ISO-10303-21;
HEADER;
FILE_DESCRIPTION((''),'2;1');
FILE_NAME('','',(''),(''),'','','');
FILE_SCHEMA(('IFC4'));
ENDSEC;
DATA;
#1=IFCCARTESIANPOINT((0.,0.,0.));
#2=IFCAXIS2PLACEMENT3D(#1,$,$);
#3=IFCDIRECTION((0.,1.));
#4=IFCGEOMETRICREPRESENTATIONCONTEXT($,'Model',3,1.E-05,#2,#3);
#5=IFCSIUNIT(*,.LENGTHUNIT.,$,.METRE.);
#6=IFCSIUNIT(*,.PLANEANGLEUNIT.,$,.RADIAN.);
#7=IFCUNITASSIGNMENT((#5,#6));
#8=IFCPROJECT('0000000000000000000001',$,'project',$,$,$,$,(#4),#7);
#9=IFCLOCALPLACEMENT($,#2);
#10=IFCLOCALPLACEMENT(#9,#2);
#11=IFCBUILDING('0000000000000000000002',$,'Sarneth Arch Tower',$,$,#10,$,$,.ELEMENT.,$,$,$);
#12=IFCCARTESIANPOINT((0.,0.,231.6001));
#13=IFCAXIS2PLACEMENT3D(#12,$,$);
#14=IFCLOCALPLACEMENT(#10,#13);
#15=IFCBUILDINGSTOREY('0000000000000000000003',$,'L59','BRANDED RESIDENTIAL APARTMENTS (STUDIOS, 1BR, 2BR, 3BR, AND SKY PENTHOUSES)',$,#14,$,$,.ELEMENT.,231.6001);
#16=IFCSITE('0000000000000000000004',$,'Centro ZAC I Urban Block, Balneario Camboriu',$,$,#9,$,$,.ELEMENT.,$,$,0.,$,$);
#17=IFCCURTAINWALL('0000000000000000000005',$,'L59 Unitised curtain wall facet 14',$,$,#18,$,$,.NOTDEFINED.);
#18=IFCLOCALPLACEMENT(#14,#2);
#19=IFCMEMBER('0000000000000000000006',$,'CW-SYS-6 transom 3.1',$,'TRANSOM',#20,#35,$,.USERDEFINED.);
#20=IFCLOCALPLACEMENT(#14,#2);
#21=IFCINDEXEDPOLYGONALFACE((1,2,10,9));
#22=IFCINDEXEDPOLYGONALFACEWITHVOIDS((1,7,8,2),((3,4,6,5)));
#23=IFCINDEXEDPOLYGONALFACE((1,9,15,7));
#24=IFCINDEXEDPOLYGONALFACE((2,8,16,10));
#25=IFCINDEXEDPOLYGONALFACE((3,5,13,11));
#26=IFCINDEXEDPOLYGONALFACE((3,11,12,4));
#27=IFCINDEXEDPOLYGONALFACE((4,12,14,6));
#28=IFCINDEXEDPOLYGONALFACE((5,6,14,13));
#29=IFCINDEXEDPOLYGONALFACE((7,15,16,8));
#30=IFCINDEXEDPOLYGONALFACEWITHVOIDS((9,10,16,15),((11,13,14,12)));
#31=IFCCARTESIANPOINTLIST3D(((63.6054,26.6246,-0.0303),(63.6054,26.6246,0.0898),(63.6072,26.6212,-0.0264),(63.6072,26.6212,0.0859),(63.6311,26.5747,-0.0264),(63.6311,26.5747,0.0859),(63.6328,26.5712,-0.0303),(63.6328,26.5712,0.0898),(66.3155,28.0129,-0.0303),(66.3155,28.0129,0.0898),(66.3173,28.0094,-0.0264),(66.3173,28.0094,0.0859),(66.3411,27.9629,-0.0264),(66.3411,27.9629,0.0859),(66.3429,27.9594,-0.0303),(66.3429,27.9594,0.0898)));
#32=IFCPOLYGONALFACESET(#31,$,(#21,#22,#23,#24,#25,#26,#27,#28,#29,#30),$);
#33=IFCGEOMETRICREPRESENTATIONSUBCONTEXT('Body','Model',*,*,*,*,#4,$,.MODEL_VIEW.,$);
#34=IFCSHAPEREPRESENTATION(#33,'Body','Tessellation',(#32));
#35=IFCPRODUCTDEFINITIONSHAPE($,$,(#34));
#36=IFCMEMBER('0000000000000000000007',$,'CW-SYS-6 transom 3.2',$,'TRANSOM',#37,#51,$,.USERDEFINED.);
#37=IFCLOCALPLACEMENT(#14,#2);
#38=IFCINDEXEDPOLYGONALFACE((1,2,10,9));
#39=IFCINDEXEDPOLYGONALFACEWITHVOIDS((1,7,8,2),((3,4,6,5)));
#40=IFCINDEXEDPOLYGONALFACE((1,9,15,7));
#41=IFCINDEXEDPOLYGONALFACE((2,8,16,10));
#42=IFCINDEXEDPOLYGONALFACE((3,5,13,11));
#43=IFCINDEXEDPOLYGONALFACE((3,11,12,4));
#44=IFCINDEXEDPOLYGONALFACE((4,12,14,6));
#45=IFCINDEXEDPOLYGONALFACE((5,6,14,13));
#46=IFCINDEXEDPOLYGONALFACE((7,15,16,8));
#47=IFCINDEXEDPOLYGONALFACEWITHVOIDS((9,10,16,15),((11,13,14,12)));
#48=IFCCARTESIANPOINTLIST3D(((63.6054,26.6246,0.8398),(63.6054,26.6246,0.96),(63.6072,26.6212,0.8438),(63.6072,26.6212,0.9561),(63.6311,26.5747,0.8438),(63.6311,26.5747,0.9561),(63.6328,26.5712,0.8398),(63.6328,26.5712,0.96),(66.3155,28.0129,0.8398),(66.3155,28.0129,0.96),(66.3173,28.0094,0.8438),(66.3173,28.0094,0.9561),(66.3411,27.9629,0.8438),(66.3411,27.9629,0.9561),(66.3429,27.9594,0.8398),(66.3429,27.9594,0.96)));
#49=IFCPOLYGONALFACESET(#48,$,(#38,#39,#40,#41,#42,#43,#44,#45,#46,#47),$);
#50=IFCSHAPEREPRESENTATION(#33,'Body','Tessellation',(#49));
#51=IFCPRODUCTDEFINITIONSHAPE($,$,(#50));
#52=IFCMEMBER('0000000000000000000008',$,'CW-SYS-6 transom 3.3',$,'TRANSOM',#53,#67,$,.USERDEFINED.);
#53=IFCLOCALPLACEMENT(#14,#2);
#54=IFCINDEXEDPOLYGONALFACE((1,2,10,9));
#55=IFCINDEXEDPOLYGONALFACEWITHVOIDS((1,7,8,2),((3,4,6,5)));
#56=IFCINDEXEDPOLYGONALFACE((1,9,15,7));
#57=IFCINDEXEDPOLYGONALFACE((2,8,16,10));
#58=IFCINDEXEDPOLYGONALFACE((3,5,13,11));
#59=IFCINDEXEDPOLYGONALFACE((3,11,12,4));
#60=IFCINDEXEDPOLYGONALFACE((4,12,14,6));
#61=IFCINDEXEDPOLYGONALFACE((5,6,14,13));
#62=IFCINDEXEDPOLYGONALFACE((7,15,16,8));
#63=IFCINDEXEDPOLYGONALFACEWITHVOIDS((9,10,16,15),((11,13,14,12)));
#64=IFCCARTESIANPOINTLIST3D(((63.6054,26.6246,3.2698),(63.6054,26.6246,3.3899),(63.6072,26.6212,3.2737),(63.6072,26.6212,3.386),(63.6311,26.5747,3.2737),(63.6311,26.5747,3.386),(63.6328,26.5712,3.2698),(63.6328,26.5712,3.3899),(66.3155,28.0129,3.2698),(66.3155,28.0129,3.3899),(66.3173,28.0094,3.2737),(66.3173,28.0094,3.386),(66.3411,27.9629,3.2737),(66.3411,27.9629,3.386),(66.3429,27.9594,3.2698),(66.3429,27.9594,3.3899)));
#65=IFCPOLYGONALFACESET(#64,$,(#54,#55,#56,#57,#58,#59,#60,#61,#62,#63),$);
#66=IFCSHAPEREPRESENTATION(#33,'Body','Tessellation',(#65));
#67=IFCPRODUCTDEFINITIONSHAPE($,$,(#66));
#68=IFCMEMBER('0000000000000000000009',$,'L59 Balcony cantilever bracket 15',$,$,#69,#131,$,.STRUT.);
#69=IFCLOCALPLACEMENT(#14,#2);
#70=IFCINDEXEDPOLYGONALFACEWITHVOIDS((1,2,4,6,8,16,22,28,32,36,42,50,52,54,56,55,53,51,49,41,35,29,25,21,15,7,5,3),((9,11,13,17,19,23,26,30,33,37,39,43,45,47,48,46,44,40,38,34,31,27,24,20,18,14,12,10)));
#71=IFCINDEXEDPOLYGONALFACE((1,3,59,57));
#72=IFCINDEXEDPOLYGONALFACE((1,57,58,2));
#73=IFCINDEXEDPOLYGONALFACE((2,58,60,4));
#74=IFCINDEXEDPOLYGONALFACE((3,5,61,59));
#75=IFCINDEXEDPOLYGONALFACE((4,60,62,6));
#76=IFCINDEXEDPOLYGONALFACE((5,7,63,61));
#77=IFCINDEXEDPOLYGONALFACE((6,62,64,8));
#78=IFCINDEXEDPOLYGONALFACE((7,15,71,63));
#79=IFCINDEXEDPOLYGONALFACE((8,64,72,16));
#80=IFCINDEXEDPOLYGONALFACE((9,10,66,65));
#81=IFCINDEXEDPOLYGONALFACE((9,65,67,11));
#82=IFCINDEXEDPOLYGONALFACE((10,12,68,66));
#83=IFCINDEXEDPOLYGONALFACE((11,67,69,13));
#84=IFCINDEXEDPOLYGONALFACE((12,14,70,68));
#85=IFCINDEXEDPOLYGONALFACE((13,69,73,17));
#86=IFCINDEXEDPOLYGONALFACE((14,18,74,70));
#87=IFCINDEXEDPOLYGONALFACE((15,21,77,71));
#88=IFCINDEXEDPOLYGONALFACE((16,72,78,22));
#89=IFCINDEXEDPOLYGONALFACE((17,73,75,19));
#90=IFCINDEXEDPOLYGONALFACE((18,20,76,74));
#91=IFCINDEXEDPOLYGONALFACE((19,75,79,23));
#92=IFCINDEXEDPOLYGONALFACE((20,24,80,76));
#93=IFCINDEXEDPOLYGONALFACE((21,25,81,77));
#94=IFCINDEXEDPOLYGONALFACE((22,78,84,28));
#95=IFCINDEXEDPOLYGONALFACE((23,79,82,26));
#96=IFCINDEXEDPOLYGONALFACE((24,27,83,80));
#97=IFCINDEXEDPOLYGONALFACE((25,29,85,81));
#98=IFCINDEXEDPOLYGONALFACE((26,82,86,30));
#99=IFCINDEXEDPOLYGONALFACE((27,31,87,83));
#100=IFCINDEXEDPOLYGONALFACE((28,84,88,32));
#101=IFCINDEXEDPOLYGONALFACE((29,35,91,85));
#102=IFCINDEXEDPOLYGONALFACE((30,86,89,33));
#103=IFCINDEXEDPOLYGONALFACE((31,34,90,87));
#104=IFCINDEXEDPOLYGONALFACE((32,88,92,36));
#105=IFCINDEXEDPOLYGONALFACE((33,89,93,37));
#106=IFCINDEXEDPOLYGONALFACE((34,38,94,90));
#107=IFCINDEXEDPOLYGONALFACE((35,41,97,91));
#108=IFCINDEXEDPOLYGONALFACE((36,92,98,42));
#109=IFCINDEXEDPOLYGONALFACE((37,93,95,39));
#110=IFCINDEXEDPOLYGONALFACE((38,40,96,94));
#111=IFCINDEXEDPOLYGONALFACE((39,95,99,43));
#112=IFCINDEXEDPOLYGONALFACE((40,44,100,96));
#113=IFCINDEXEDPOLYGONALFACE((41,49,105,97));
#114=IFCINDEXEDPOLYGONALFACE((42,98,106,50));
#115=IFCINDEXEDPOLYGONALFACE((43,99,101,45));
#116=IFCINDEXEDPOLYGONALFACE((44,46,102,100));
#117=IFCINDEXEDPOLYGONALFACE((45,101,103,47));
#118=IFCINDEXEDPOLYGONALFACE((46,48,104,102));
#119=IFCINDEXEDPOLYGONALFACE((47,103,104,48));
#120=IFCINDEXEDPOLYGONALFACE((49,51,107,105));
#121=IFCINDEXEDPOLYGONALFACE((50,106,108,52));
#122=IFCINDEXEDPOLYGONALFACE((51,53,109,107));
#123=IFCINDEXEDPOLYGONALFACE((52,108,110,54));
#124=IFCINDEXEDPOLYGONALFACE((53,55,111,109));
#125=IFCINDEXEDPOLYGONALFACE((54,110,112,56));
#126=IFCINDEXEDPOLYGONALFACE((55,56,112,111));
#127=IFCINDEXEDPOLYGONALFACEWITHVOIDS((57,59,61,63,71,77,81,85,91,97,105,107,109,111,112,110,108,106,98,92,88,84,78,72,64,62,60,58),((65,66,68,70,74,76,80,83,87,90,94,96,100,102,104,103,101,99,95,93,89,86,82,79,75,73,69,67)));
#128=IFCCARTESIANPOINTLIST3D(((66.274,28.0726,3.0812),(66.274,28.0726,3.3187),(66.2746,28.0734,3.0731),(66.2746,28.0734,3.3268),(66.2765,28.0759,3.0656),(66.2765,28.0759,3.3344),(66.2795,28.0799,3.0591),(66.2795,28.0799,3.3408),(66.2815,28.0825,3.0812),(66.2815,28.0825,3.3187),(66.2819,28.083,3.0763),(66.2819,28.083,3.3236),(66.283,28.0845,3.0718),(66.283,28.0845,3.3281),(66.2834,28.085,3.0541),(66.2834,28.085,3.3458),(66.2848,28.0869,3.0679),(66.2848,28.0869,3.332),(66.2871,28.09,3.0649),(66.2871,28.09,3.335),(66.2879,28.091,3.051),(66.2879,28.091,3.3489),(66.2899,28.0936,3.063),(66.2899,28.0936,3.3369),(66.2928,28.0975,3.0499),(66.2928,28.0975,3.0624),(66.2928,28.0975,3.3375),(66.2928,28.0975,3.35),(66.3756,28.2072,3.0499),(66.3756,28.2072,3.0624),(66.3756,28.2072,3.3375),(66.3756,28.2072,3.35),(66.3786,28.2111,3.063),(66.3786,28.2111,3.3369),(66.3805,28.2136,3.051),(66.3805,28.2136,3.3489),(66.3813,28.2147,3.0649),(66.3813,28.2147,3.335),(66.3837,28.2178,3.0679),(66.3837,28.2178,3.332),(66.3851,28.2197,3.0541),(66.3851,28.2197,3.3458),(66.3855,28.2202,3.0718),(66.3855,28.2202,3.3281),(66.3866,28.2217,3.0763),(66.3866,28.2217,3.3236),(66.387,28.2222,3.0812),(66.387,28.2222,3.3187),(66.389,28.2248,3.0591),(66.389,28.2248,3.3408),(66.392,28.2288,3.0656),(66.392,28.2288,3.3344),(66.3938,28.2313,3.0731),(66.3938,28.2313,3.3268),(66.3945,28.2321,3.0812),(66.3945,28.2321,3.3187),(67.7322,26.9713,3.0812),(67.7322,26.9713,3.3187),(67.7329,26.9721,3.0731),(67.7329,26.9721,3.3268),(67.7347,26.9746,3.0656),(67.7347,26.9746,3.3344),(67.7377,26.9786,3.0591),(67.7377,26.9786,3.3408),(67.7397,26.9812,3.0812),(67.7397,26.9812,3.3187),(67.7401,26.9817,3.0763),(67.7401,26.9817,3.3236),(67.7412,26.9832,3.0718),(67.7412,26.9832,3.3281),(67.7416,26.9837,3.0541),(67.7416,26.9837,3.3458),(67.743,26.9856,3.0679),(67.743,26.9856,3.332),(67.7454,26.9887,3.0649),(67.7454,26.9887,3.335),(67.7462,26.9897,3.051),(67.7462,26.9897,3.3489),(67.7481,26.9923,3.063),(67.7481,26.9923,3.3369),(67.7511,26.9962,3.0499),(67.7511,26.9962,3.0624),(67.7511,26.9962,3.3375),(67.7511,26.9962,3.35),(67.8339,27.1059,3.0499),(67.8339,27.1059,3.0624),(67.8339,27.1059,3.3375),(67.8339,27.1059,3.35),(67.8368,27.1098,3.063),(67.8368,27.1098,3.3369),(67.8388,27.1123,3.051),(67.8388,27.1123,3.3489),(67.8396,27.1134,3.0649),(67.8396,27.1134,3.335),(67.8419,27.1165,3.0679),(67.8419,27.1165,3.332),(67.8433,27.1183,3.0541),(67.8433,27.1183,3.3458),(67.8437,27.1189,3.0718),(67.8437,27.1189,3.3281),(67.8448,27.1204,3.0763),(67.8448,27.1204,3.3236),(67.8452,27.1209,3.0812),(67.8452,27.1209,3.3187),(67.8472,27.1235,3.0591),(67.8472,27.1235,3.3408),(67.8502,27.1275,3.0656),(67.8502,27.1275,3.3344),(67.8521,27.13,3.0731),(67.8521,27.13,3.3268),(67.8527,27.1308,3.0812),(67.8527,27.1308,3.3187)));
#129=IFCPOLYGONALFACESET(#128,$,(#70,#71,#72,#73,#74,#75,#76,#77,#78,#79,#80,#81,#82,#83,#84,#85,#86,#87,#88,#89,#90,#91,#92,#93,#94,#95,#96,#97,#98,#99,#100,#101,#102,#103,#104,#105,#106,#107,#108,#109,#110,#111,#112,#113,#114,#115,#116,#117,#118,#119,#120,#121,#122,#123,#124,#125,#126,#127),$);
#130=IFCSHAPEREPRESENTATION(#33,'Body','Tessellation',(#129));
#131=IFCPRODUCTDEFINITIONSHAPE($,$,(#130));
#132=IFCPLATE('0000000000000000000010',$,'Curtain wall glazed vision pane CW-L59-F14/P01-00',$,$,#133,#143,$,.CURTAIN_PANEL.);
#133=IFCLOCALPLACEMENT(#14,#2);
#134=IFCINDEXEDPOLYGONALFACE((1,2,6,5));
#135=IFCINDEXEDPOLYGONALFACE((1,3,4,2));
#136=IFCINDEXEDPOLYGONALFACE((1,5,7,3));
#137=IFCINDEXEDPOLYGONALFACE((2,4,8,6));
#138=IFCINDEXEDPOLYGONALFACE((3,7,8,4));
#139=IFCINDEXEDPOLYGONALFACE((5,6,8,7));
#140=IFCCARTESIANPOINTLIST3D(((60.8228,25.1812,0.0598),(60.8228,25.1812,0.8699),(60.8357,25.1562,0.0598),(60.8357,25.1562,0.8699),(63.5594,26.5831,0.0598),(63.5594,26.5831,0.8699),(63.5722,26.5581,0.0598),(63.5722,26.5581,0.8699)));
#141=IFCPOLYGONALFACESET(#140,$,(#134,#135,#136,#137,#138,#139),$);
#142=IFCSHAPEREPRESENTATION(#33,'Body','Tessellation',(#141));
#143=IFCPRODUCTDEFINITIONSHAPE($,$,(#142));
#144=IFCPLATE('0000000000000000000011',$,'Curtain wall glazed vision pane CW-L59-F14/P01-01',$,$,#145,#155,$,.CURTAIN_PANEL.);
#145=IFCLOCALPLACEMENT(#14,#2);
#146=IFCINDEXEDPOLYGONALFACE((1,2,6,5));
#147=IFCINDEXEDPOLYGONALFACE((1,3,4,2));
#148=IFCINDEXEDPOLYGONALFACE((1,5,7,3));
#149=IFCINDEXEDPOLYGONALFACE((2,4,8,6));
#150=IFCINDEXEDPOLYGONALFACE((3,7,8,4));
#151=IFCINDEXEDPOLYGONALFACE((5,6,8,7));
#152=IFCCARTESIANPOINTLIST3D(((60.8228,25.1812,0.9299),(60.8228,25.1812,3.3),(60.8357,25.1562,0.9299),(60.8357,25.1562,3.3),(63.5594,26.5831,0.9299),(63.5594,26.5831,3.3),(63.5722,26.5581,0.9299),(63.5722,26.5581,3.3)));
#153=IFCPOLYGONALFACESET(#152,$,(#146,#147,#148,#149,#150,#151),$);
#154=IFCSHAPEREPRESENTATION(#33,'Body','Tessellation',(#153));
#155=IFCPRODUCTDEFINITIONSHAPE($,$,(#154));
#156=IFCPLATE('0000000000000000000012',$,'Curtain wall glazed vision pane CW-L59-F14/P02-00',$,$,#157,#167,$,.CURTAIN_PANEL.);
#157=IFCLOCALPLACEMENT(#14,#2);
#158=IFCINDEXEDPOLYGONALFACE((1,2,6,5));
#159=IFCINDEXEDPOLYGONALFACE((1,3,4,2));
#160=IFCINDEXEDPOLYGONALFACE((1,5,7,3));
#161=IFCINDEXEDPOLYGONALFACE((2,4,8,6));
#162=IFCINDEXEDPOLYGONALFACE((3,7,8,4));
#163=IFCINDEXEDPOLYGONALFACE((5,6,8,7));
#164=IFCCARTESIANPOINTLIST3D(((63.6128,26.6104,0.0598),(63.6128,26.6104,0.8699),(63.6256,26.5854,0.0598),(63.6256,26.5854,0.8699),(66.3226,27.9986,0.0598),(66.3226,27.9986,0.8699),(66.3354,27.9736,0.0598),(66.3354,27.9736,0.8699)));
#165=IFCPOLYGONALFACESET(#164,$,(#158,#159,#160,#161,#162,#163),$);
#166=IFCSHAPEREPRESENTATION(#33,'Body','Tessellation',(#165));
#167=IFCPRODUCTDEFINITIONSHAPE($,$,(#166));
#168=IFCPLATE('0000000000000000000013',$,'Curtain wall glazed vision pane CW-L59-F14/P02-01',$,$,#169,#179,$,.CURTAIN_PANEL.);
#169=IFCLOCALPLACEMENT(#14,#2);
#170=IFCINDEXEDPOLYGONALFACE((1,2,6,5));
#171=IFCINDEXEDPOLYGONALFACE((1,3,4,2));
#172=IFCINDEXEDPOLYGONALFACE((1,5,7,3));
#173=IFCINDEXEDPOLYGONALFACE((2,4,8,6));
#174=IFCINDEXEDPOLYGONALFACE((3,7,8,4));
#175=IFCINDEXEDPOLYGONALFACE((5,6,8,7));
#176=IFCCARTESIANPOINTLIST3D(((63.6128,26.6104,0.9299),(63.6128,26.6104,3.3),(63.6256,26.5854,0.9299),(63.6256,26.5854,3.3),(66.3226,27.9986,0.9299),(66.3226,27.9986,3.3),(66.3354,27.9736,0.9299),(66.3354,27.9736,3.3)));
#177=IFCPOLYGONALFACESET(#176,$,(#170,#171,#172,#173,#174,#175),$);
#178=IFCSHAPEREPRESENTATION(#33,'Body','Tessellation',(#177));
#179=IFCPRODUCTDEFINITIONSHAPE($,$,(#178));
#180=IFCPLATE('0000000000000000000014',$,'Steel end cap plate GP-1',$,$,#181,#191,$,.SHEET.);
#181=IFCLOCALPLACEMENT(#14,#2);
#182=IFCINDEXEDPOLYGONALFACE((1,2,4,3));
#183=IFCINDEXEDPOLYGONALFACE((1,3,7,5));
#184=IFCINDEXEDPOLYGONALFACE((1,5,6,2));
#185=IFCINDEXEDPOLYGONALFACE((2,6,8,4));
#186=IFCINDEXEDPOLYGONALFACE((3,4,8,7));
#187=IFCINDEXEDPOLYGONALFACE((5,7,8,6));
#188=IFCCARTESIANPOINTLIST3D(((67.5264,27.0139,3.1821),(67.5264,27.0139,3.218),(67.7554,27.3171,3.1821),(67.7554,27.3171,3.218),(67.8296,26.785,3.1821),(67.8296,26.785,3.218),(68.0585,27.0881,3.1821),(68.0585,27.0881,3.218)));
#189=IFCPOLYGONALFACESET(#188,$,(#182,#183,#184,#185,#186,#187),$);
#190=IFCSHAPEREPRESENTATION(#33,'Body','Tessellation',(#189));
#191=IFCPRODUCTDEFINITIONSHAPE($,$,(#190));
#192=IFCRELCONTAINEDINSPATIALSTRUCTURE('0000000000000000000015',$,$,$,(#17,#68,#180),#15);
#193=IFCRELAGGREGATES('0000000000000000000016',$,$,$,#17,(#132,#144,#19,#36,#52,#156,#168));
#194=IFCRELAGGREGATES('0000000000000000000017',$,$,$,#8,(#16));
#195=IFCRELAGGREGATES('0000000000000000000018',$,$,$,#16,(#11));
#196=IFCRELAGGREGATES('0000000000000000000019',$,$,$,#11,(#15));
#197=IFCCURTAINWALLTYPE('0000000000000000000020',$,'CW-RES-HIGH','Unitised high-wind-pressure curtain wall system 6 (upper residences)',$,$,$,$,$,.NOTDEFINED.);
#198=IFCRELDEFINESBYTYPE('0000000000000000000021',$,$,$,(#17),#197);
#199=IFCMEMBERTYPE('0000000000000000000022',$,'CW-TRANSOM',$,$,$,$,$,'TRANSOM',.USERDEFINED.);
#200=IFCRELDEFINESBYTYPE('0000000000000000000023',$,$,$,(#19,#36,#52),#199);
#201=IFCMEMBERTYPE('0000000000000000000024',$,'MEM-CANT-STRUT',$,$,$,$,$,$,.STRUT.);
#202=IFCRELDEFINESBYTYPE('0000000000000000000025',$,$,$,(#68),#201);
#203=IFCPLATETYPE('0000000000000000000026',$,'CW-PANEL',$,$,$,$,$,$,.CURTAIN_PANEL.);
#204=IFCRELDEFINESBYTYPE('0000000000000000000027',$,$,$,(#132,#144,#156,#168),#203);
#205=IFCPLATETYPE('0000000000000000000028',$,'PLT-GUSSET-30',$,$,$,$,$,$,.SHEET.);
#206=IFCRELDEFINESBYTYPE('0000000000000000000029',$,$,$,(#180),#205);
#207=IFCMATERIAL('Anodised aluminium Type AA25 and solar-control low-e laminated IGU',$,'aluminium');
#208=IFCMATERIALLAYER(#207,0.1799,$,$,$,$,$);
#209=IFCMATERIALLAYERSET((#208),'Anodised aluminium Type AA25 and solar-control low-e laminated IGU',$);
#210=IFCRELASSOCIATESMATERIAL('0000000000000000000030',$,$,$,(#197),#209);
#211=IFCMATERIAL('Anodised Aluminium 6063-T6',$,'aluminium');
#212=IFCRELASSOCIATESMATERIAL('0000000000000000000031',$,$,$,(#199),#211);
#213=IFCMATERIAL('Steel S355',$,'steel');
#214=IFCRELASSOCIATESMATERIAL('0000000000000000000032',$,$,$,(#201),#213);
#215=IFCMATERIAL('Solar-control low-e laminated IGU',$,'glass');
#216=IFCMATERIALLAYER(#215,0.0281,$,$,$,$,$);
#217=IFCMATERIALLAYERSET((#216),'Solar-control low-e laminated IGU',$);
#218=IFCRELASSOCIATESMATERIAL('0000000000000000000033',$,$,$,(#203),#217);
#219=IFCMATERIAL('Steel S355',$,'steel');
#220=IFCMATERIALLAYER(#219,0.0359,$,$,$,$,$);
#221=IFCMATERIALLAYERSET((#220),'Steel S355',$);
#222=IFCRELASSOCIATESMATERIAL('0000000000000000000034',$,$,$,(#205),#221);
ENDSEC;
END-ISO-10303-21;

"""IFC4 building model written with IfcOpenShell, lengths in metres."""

from ifc_helpers import new_model, si_unit, direction, frame, origin, origin_2d, place, context, subcontext, project, spatial, rectangle, hollow_rectangle, extrude, material, layer, layer_set, material_profile, profile_set, type_object, element, aggregate, save


model = new_model("IFC4")

# Units and contexts
model_context = context("Model", 3, precision=1e-05, world=origin(), true_north=direction((0.0, 1.0)))
body_context = subcontext(model_context, "Body", "Model", "MODEL_VIEW")
ifc_project = project(units=[si_unit("LENGTHUNIT", "METRE"), si_unit("PLANEANGLEUNIT", "RADIAN")], contexts=[model_context])

# Site, building, storey
site_placement = place(None, origin())
site = spatial("IfcSite", under=ifc_project, at=site_placement, Name="Centro ZAC I Urban Block, Balneario Camboriu", CompositionType="ELEMENT", RefElevation=0.0)
building_placement = place(site_placement, origin())
building = spatial("IfcBuilding", under=site, at=building_placement, Name="Sarneth Arch Tower", CompositionType="ELEMENT")
storey_placement = place(building_placement, frame((0.0, 0.0, 231.6001)))
storey = spatial("IfcBuildingStorey", under=building, at=storey_placement, Name="L59", Description="BRANDED RESIDENTIAL APARTMENTS (STUDIOS, 1BR, 2BR, 3BR, AND SKY PENTHOUSES)", CompositionType="ELEMENT", Elevation=231.6001)

# Curtain wall, members
ifc_material_1 = material(Name="Anodised aluminium Type AA25 and solar-control low-e laminated IGU", Category="aluminium")
ifc_layer_1 = layer(ifc_material_1, 0.1799)
ifc_layer_set_1 = layer_set([ifc_layer_1], Name="Anodised aluminium Type AA25 and solar-control low-e laminated IGU")
curtain_wall_type = type_object("IfcCurtainWallType", Name="CW-RES-HIGH", Description="Unitised high-wind-pressure curtain wall system 6 (upper residences)", PredefinedType="NOTDEFINED", material=ifc_layer_set_1)
curtain_wall_placement = place(storey_placement, origin())
curtain_wall = element("IfcCurtainWall", 1, at=curtain_wall_placement, inside=storey, type_object=curtain_wall_type, Name="L59 Unitised curtain wall facet 14", PredefinedType="NOTDEFINED")
ifc_material_2 = material(Name="Anodised Aluminium 6063-T6", Category="aluminium")
ifc_material_profile_1 = material_profile(ifc_material_2, hollow_rectangle(XDim=0.0601, YDim=0.1201, WallThickness=0.0039, at=origin_2d()), Name="AL-TRAN-120x60x4")
ifc_profile_set_1 = profile_set([ifc_material_profile_1], Name="Anodised Aluminium 6063-T6")
member_type_1 = type_object("IfcMemberType", Name="CW-TRANSOM", ElementType="TRANSOM", PredefinedType="USERDEFINED", material=ifc_profile_set_1)
member_1_placement = place(storey_placement, frame((63.6191, 26.5979, 0.0298), z_axis=(0.890023, 0.455916, 0.0), x_axis=(-0.455916, 0.890023, 0.0)))
member_1 = element("IfcMember", 2, at=member_1_placement, type_object=member_type_1, Name="CW-SYS-6 transom 3.1", ObjectType="TRANSOM", PredefinedType="USERDEFINED", context=body_context, shape_type="SweptSolid", body=[
    extrude(hollow_rectangle(XDim=0.0601, YDim=0.1201, WallThickness=0.0039, at=origin_2d()), origin(), (0.0, 0.0, 1.0), 3.0449),
])
member_2_placement = place(storey_placement, frame((63.6191, 26.5979, 0.8999), z_axis=(0.890023, 0.455916, 0.0), x_axis=(-0.455916, 0.890023, 0.0)))
member_2 = element("IfcMember", 3, at=member_2_placement, type_object=member_type_1, Name="CW-SYS-6 transom 3.2", ObjectType="TRANSOM", PredefinedType="USERDEFINED", context=body_context, shape_type="SweptSolid", body=[
    extrude(hollow_rectangle(XDim=0.0601, YDim=0.1201, WallThickness=0.0039, at=origin_2d()), origin(), (0.0, 0.0, 1.0), 3.0449),
])
member_3_placement = place(storey_placement, frame((63.6191, 26.5979, 3.3298), z_axis=(0.890023, 0.455916, 0.0), x_axis=(-0.455916, 0.890023, 0.0)))
member_3 = element("IfcMember", 4, at=member_3_placement, type_object=member_type_1, Name="CW-SYS-6 transom 3.3", ObjectType="TRANSOM", PredefinedType="USERDEFINED", context=body_context, shape_type="SweptSolid", body=[
    extrude(hollow_rectangle(XDim=0.0601, YDim=0.1201, WallThickness=0.0039, at=origin_2d()), origin(), (0.0, 0.0, 1.0), 3.0449),
])

# Member
ifc_material_3 = material(Name="Steel S355", Category="steel")
ifc_material_profile_2 = material_profile(ifc_material_3, hollow_rectangle(XDim=0.2, YDim=0.3, WallThickness=0.0125, InnerFilletRadius=0.0188, OuterFilletRadius=0.0312, at=origin_2d()), Name="RHS300x200x12.5")
ifc_profile_set_2 = profile_set([ifc_material_profile_2], Name="Steel S355")
member_type_2 = type_object("IfcMemberType", Name="MEM-CANT-STRUT", PredefinedType="STRUT", material=ifc_profile_set_2)
member_4_placement = place(storey_placement, frame((66.3342, 28.1523, 3.2), z_axis=(0.797992, -0.602669, 0.0), x_axis=(0.602669, 0.797992, 0.0)))
element("IfcMember", 5, at=member_4_placement, inside=storey, type_object=member_type_2, Name="L59 Balcony cantilever bracket 15", PredefinedType="STRUT", context=body_context, shape_type="SweptSolid", body=[
    extrude(hollow_rectangle(XDim=0.2, YDim=0.3, WallThickness=0.0125, InnerFilletRadius=0.0188, OuterFilletRadius=0.0312, at=origin_2d()), origin(), (0.0, 0.0, 1.0), 1.8274),
])

# Plates
ifc_material_4 = material(Name="Solar-control low-e laminated IGU", Category="glass")
ifc_layer_2 = layer(ifc_material_4, 0.0281)
ifc_layer_set_2 = layer_set([ifc_layer_2], Name="Solar-control low-e laminated IGU")
plate_type_1 = type_object("IfcPlateType", Name="CW-PANEL", PredefinedType="CURTAIN_PANEL", material=ifc_layer_set_2)
plate_1_placement = place(storey_placement, frame((62.1975, 25.8696, 0.0598), z_axis=(0.0, 0.0, 1.0), x_axis=(0.89001, 0.455942, 0.0)))
plate_1 = element("IfcPlate", 6, at=plate_1_placement, type_object=plate_type_1, Name="Curtain wall glazed vision pane CW-L59-F14/P01-00", PredefinedType="CURTAIN_PANEL", context=body_context, shape_type="SweptSolid", body=[
    extrude(rectangle(XDim=3.0747, YDim=0.0281, at=origin_2d()), origin(), (0.0, 0.0, 1.0), 0.8101),
])
plate_2_placement = place(storey_placement, frame((62.1975, 25.8696, 0.9299), z_axis=(0.0, 0.0, 1.0), x_axis=(0.89001, 0.455942, 0.0)))
plate_2 = element("IfcPlate", 7, at=plate_2_placement, type_object=plate_type_1, Name="Curtain wall glazed vision pane CW-L59-F14/P01-01", PredefinedType="CURTAIN_PANEL", context=body_context, shape_type="SweptSolid", body=[
    extrude(rectangle(XDim=3.0747, YDim=0.0281, at=origin_2d()), origin(), (0.0, 0.0, 1.0), 2.3701),
])
plate_3_placement = place(storey_placement, frame((64.9741, 27.292, 0.0598), z_axis=(0.0, 0.0, 1.0), x_axis=(0.89001, 0.455942, 0.0)))
plate_3 = element("IfcPlate", 8, at=plate_3_placement, type_object=plate_type_1, Name="Curtain wall glazed vision pane CW-L59-F14/P02-00", PredefinedType="CURTAIN_PANEL", context=body_context, shape_type="SweptSolid", body=[
    extrude(rectangle(XDim=3.0447, YDim=0.0281, at=origin_2d()), origin(), (0.0, 0.0, 1.0), 0.8101),
])
plate_4_placement = place(storey_placement, frame((64.9741, 27.292, 0.9299), z_axis=(0.0, 0.0, 1.0), x_axis=(0.89001, 0.455942, 0.0)))
plate_4 = element("IfcPlate", 9, at=plate_4_placement, type_object=plate_type_1, Name="Curtain wall glazed vision pane CW-L59-F14/P02-01", PredefinedType="CURTAIN_PANEL", context=body_context, shape_type="SweptSolid", body=[
    extrude(rectangle(XDim=3.0447, YDim=0.0281, at=origin_2d()), origin(), (0.0, 0.0, 1.0), 2.3701),
])
aggregate(curtain_wall, [plate_1, plate_2, member_1, member_2, member_3, plate_3, plate_4])

# Plate
ifc_material_5 = material(Name="Steel S355", Category="steel")
ifc_layer_3 = layer(ifc_material_5, 0.0359)
ifc_layer_set_3 = layer_set([ifc_layer_3], Name="Steel S355")
plate_type_2 = type_object("IfcPlateType", Name="PLT-GUSSET-30", PredefinedType="SHEET", material=ifc_layer_set_3)
plate_5_placement = place(storey_placement, frame((67.7925, 27.051, 3.1821), z_axis=(0.0, 0.0, 1.0), x_axis=(0.798005, -0.602651, 0.0)))
element("IfcPlate", 10, at=plate_5_placement, inside=storey, type_object=plate_type_2, Name="Steel end cap plate GP-1", PredefinedType="SHEET", context=body_context, shape_type="SweptSolid", body=[
    extrude(rectangle(XDim=0.3799, YDim=0.3799, at=origin_2d()), origin(), (0.0, 0.0, 1.0), 0.0359),
])

save(model, "model.ifc")
